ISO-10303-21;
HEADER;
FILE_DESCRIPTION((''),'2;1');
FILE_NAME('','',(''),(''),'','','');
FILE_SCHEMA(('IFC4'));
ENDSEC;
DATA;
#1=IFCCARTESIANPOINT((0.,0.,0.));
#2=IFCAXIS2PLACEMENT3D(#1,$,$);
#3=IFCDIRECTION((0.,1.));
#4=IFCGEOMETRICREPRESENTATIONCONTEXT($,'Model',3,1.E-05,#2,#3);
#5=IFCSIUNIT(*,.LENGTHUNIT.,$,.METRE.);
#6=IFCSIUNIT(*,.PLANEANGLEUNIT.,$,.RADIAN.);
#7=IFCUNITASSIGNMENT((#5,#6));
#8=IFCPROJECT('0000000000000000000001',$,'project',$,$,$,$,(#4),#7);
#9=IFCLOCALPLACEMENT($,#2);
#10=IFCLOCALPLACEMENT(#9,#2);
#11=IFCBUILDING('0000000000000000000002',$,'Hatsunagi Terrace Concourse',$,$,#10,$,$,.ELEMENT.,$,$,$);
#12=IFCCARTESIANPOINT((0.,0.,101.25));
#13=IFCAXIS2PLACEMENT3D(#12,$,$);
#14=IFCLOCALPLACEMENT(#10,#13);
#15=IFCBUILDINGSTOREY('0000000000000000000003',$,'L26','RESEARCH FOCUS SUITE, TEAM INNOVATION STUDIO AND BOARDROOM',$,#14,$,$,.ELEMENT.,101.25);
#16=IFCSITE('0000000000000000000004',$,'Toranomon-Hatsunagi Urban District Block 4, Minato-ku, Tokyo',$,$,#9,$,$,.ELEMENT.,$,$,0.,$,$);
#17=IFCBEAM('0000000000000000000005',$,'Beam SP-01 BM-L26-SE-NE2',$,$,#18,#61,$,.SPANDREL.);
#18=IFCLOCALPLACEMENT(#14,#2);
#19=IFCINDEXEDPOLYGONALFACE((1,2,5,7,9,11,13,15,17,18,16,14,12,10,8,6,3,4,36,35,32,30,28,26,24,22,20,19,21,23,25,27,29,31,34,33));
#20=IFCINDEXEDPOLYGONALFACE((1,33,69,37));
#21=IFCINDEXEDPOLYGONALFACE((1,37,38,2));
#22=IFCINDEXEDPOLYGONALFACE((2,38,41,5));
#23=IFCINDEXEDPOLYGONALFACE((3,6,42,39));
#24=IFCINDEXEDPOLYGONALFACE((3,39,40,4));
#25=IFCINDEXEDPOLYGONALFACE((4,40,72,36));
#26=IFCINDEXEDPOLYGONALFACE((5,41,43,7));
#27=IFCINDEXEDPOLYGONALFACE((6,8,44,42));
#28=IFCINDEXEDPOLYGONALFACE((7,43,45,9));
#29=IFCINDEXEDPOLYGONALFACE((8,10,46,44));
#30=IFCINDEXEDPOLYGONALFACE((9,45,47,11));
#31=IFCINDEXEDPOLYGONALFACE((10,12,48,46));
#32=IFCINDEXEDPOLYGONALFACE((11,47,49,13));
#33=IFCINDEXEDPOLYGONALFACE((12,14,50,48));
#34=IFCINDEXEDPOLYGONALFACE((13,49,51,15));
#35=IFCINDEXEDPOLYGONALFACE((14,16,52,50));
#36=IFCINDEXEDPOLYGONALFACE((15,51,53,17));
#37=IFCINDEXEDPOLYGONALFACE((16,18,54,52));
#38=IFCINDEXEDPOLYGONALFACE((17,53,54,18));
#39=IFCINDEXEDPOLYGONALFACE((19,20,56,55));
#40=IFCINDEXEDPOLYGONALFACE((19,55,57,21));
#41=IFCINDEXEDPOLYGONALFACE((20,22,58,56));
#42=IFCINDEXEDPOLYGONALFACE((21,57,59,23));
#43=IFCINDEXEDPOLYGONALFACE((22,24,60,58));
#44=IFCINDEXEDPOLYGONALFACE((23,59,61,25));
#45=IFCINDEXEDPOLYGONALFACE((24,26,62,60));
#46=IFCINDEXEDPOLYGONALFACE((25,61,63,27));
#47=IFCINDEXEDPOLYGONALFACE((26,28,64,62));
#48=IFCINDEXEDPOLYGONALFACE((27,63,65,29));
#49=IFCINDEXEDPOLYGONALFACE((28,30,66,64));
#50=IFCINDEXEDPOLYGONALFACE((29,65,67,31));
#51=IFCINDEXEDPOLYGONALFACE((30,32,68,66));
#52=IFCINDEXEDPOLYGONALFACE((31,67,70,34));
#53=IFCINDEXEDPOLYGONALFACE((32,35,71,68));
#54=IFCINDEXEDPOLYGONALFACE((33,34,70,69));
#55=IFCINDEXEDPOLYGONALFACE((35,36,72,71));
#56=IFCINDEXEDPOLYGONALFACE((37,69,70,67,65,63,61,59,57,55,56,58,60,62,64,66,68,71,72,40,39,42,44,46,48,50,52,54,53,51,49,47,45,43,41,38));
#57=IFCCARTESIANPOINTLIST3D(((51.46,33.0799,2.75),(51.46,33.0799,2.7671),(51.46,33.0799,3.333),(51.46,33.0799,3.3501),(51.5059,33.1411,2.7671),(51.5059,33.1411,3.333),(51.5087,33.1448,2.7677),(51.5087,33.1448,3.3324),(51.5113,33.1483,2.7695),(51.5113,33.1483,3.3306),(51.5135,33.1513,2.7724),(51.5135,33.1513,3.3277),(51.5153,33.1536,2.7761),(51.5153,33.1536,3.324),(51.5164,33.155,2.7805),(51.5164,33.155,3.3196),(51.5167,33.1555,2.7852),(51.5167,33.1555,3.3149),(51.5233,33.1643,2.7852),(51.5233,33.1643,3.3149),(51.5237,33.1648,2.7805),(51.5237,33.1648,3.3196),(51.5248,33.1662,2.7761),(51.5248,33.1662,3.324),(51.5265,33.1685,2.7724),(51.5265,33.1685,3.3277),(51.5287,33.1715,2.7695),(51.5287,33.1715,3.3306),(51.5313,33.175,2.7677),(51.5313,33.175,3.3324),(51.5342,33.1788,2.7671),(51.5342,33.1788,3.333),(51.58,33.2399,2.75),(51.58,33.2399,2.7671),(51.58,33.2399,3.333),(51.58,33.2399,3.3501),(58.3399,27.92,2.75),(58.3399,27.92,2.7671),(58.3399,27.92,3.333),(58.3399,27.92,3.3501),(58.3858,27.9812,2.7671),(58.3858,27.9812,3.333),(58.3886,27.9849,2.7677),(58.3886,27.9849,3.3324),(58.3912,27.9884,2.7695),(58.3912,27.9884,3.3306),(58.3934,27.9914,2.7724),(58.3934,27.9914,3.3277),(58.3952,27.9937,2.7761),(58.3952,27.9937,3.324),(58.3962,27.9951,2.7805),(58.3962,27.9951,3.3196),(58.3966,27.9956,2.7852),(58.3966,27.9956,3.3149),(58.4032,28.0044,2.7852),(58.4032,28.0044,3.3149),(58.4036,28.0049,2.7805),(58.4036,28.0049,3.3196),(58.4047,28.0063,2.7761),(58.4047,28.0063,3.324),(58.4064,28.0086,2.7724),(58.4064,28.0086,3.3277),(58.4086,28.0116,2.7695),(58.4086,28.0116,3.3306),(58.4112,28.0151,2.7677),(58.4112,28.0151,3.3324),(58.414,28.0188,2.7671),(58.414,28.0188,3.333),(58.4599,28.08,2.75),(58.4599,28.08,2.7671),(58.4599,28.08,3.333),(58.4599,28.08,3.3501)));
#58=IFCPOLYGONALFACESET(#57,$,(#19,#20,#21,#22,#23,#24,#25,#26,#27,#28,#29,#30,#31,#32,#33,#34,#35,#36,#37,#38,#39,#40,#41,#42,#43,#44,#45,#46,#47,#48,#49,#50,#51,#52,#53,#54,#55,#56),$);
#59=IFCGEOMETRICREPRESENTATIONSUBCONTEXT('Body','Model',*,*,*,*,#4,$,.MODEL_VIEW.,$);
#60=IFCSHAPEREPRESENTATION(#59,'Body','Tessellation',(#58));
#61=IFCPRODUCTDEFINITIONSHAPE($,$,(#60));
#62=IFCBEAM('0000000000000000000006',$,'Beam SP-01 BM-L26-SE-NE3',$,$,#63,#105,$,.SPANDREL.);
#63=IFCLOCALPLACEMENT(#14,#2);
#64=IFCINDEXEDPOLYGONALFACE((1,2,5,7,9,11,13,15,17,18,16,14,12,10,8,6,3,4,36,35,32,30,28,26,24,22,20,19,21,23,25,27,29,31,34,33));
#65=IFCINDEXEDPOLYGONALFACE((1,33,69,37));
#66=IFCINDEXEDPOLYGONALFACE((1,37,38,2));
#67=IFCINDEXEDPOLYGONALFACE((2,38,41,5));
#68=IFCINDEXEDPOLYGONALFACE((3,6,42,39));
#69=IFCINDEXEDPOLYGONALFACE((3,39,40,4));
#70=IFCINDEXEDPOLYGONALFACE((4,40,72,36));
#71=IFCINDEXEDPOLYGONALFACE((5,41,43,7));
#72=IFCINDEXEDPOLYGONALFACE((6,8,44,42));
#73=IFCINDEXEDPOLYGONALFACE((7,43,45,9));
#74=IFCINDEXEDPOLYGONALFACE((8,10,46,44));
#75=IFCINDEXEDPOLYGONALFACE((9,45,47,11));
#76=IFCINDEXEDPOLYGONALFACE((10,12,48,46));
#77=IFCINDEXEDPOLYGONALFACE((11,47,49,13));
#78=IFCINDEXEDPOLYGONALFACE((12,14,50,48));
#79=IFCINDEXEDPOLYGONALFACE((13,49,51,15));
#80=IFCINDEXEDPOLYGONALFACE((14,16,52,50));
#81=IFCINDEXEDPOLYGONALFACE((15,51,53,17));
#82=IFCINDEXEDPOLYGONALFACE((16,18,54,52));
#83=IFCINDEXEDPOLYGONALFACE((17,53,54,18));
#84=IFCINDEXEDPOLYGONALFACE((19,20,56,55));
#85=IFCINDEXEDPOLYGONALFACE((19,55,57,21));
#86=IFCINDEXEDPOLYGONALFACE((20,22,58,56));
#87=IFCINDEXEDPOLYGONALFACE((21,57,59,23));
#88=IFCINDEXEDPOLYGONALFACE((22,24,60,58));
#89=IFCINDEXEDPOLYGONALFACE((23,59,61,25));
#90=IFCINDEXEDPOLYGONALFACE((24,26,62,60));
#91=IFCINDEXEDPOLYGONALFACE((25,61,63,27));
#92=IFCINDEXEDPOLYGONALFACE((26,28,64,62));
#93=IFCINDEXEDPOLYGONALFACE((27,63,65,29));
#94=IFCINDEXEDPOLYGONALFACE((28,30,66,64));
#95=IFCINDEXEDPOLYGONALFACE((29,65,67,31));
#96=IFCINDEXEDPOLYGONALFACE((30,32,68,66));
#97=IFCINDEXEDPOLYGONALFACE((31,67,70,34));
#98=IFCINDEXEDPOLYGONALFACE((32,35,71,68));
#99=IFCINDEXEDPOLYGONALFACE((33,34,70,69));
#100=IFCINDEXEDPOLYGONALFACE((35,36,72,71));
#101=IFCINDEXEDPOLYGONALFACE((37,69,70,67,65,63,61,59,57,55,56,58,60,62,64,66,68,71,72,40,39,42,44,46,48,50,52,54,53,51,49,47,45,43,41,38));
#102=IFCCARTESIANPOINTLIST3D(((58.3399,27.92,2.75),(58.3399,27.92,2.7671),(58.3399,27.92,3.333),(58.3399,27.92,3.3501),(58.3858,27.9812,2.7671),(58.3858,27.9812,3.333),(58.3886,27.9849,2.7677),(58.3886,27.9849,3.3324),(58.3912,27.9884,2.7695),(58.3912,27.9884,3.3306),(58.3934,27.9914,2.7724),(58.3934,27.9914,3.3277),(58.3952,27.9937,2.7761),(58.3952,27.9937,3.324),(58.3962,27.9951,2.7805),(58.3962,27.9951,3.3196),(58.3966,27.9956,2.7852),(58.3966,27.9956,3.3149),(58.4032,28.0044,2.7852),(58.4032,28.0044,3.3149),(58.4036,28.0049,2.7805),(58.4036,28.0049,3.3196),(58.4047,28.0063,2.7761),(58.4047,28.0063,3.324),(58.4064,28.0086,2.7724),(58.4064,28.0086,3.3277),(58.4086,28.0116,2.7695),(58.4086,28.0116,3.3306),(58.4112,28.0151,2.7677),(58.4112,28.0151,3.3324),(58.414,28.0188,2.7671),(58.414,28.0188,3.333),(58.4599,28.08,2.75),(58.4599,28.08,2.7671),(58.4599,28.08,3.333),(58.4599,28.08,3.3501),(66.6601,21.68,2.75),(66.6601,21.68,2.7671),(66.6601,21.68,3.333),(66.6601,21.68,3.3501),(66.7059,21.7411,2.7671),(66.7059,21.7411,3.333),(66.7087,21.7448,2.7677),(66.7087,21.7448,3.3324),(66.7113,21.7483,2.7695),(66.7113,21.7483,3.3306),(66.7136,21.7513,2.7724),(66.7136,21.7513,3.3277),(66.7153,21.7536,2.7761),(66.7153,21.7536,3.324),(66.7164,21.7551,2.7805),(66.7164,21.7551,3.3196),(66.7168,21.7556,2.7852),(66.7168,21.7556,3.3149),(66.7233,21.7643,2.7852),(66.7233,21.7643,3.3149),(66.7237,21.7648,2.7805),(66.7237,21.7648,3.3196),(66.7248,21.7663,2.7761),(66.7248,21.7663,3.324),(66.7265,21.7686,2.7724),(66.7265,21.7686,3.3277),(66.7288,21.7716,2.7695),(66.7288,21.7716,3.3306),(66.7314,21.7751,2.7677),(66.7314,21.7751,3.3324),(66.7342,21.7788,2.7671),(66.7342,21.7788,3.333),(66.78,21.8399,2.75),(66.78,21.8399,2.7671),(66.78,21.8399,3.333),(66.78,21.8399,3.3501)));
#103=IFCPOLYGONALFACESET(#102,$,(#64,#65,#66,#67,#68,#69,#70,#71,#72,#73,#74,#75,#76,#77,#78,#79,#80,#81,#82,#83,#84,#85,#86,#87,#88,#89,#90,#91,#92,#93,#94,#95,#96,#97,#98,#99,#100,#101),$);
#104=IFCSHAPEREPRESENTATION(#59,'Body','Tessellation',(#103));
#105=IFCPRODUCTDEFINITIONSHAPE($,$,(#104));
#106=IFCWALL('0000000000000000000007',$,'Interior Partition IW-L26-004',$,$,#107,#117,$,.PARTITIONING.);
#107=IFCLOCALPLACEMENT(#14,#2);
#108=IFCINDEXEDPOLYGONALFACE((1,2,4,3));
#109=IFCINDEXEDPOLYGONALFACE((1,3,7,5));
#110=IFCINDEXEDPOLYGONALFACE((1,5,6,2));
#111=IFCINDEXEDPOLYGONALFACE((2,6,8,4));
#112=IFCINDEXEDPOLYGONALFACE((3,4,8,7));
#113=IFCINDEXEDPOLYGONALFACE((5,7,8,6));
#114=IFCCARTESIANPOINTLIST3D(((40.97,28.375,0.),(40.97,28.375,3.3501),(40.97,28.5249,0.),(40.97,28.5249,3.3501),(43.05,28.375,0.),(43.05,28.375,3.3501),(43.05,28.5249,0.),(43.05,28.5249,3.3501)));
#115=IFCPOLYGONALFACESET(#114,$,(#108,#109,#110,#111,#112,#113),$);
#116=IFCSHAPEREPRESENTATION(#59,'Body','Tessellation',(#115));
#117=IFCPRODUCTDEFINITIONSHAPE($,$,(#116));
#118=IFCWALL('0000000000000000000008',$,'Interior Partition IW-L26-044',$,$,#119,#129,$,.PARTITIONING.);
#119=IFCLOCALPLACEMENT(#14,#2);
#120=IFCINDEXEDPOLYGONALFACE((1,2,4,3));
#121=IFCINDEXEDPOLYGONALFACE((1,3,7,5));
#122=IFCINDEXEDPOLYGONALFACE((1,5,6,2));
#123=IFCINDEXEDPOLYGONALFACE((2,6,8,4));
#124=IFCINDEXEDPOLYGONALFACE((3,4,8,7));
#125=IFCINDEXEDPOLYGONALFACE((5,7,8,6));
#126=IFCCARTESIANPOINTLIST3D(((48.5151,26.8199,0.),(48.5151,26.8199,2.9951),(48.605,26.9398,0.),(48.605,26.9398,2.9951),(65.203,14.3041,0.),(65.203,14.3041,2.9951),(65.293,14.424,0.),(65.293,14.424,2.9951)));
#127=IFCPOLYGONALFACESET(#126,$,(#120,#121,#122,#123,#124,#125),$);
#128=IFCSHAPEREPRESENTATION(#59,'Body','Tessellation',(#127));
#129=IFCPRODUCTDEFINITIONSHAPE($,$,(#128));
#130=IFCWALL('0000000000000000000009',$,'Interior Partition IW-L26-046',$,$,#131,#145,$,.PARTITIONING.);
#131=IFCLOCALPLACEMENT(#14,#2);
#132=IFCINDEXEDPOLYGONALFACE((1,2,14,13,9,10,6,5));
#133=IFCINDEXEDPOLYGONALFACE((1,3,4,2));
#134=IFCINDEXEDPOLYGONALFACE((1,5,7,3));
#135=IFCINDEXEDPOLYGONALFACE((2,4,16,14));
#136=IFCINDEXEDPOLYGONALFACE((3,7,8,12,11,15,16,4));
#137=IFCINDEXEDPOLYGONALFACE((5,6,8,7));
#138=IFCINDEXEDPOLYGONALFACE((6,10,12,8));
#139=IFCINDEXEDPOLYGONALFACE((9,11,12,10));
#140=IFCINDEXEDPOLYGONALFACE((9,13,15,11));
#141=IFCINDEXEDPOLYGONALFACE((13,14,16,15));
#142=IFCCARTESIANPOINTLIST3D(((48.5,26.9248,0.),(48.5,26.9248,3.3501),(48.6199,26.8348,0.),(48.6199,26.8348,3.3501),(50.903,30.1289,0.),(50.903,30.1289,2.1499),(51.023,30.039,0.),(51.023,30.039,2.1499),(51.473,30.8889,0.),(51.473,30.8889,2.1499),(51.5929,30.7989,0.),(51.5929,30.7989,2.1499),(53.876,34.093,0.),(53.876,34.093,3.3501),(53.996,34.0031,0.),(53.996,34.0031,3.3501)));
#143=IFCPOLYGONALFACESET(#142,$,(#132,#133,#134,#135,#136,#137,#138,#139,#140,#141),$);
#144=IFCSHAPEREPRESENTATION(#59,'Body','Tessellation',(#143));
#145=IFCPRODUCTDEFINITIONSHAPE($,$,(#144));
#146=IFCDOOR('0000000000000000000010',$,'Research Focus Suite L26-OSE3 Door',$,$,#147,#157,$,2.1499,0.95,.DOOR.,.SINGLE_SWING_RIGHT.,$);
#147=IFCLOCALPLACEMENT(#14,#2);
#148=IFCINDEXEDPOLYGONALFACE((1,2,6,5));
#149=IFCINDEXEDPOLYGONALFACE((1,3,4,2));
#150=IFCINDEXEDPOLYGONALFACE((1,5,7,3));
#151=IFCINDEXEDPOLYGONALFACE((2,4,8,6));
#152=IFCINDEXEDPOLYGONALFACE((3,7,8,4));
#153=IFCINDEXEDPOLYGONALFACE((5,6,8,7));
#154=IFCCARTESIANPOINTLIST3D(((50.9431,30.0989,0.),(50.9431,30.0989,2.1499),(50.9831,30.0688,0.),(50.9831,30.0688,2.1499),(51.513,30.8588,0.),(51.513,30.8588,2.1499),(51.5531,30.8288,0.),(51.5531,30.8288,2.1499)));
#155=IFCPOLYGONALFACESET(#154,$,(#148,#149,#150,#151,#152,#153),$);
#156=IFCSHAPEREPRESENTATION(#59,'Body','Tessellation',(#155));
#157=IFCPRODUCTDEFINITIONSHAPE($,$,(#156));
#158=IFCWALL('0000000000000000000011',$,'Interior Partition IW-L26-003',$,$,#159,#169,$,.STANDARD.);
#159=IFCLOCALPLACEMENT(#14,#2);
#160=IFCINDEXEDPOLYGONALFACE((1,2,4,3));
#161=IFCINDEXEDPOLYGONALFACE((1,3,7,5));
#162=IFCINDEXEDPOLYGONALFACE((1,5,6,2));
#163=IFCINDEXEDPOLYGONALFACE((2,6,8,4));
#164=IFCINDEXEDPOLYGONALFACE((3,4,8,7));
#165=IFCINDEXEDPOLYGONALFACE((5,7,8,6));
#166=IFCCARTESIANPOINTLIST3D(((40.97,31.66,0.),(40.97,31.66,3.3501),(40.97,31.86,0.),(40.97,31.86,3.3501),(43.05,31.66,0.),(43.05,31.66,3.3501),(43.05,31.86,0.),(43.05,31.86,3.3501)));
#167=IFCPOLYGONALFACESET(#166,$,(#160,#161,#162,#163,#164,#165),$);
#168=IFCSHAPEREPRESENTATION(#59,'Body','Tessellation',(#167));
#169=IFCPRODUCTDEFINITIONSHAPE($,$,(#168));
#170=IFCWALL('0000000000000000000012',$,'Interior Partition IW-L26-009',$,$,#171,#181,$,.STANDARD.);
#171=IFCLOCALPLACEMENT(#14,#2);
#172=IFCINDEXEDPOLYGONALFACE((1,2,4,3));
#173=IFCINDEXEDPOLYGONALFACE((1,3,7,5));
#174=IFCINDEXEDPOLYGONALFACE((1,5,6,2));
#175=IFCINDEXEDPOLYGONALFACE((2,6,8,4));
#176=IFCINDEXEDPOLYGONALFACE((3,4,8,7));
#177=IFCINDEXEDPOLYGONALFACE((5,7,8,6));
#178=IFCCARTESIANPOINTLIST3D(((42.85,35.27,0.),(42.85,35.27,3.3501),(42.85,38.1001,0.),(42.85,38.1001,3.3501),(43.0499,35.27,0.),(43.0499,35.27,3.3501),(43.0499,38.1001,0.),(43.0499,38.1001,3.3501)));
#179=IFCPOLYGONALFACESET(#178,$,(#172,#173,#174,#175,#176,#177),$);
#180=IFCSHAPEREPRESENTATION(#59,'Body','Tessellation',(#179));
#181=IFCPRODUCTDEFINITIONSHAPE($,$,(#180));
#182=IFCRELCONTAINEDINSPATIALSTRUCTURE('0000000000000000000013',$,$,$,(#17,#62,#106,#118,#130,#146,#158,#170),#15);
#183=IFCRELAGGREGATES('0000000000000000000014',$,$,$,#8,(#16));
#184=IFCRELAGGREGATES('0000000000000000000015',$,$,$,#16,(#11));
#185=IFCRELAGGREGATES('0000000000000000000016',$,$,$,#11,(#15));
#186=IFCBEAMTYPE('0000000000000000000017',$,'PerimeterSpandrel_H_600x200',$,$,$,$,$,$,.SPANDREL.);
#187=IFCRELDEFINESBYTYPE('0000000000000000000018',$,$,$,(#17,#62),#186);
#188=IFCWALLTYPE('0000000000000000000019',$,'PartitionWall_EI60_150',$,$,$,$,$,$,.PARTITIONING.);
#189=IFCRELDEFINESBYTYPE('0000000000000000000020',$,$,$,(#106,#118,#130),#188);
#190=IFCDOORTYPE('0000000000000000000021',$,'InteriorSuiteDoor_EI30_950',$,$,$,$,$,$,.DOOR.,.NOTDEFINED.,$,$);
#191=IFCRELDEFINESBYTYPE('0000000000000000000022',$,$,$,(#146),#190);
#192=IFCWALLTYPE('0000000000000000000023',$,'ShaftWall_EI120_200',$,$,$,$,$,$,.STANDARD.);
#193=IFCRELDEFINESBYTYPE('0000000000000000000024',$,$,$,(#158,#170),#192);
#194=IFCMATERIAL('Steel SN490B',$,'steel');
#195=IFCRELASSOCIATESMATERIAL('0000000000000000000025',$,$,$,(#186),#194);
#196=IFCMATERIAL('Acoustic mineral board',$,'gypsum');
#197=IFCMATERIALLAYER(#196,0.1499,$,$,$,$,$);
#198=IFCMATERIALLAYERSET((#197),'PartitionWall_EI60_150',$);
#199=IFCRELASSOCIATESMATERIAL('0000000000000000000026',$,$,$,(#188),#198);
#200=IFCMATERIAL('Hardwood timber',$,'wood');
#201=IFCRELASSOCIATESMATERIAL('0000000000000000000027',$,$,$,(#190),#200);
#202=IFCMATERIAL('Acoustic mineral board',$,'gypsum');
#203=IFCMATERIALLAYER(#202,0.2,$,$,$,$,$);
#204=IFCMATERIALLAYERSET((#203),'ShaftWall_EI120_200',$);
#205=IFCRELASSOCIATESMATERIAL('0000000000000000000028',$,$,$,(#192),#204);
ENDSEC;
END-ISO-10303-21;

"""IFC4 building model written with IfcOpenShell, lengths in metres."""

from ifc_helpers import new_model, si_unit, direction, frame, frame_2d, origin, origin_2d, place, context, subcontext, project, spatial, rectangle, i_section, extrude, material, layer, layer_set, material_profile, profile_set, type_object, element, fill, save


model = new_model("IFC4")

# Units and contexts
model_context = context("Model", 3, precision=1e-05, world=origin(), true_north=direction((0.0, 1.0)))
body_context = subcontext(model_context, "Body", "Model", "MODEL_VIEW")
ifc_project = project(units=[si_unit("LENGTHUNIT", "METRE"), si_unit("PLANEANGLEUNIT", "RADIAN")], contexts=[model_context])

# Site, building, storey
site_placement = place(None, origin())
site = spatial("IfcSite", under=ifc_project, at=site_placement, Name="Toranomon-Hatsunagi Urban District Block 4, Minato-ku, Tokyo", CompositionType="ELEMENT", RefElevation=0.0)
building_placement = place(site_placement, origin())
building = spatial("IfcBuilding", under=site, at=building_placement, Name="Hatsunagi Terrace Concourse", CompositionType="ELEMENT")
storey_placement = place(building_placement, frame((0.0, 0.0, 101.25)))
storey = spatial("IfcBuildingStorey", under=building, at=storey_placement, Name="L26", Description="RESEARCH FOCUS SUITE, TEAM INNOVATION STUDIO AND BOARDROOM", CompositionType="ELEMENT", Elevation=101.25)

# Beams
ifc_material_1 = material(Name="Steel SN490B", Category="steel")
ifc_material_profile_1 = material_profile(ifc_material_1, i_section(OverallWidth=0.2, OverallDepth=0.6001, WebThickness=0.011, FlangeThickness=0.0171, FilletRadius=0.0181, at=origin_2d()), Name="H-600x200x11x17")
ifc_profile_set_1 = profile_set([ifc_material_profile_1], Name="Steel SN490B")
beam_type_1 = type_object("IfcBeamType", Name="PerimeterSpandrel_H_600x200", PredefinedType="SPANDREL", material=ifc_profile_set_1)
beam_1_placement = place(storey_placement, frame((51.52, 33.1599, 3.05), z_axis=(0.8, -0.6, 0.0), x_axis=(0.6, 0.8, 0.0)))
element("IfcBeam", 1, at=beam_1_placement, inside=storey, type_object=beam_type_1, Name="Beam SP-01 BM-L26-SE-NE2", PredefinedType="SPANDREL", context=body_context, shape_type="SweptSolid", body=[
    extrude(i_section(OverallWidth=0.2, OverallDepth=0.6001, WebThickness=0.011, FlangeThickness=0.0171, FilletRadius=0.0181, at=origin_2d()), origin(), (0.0, 0.0, 1.0), 8.5999),
])
beam_2_placement = place(storey_placement, frame((58.3999, 28.0, 3.05), z_axis=(0.800003, -0.599996, 0.0), x_axis=(0.599996, 0.800003, 0.0)))
element("IfcBeam", 2, at=beam_2_placement, inside=storey, type_object=beam_type_1, Name="Beam SP-01 BM-L26-SE-NE3", PredefinedType="SPANDREL", context=body_context, shape_type="SweptSolid", body=[
    extrude(i_section(OverallWidth=0.2, OverallDepth=0.6001, WebThickness=0.011, FlangeThickness=0.0171, FilletRadius=0.0181, at=origin_2d()), origin(), (0.0, 0.0, 1.0), 10.4001),
])

# Walls
ifc_material_2 = material(Name="Acoustic mineral board", Category="gypsum")
ifc_layer_1 = layer(ifc_material_2, 0.1499)
ifc_layer_set_1 = layer_set([ifc_layer_1], Name="PartitionWall_EI60_150")
wall_type_1 = type_object("IfcWallType", Name="PartitionWall_EI60_150", PredefinedType="PARTITIONING", material=ifc_layer_set_1)
wall_1_placement = place(storey_placement, frame((40.97, 28.45, 0.0), z_axis=(0.0, 0.0, 1.0), x_axis=(1.0, 0.0, 0.0)))
element("IfcWall", 3, at=wall_1_placement, inside=storey, type_object=wall_type_1, Name="Interior Partition IW-L26-004", PredefinedType="PARTITIONING", context=body_context, shape_type="SweptSolid", body=[
    extrude(rectangle(XDim=2.0801, YDim=0.1499, at=frame_2d((1.04, 0.0))), origin(), (0.0, 0.0, 1.0), 3.3501),
])
wall_2_placement = place(storey_placement, frame((48.5601, 26.8799, 0.0), z_axis=(0.0, 0.0, 1.0), x_axis=(0.800003, -0.599996, 0.0)))
element("IfcWall", 4, at=wall_2_placement, inside=storey, type_object=wall_type_1, Name="Interior Partition IW-L26-044", PredefinedType="PARTITIONING", context=body_context, shape_type="SweptSolid", body=[
    extrude(rectangle(XDim=20.8599, YDim=0.1499, at=frame_2d((10.4299, 0.0))), origin(), (0.0, 0.0, 1.0), 2.9951),
])

# Wall, opening, door
wall_3_placement = place(storey_placement, frame((48.5601, 26.8799, 0.0), z_axis=(0.0, 0.0, 1.0), x_axis=(0.599987, 0.80001, 0.0)))
wall_3 = element("IfcWall", 5, at=wall_3_placement, inside=storey, type_object=wall_type_1, Name="Interior Partition IW-L26-046", PredefinedType="PARTITIONING", context=body_context, shape_type="SweptSolid", body=[
    extrude(rectangle(XDim=8.9602, YDim=0.1499, at=frame_2d((4.48, 0.0))), origin(), (0.0, 0.0, 1.0), 3.3501),
])
opening_1_placement = place(wall_3_placement, frame((4.0049, 0.0, 0.0)))
opening_1 = element("IfcOpeningElement", 6, at=opening_1_placement, cuts=wall_3, PredefinedType="OPENING", context=body_context, shape_type="SweptSolid", body=[
    extrude(rectangle(XDim=0.95, YDim=2.1499, at=frame_2d((0.4751, 1.075))), frame((0.0, 0.085, 0.0), z_axis=(0.0, -1.0, 0.0), x_axis=(1.0, 0.0, 0.0)), (0.0, 0.0, 1.0), 0.1699),
])
ifc_material_3 = material(Name="Hardwood timber", Category="wood")
door_type_1 = type_object("IfcDoorType", Name="InteriorSuiteDoor_EI30_950", OperationType="NOTDEFINED", PredefinedType="DOOR", material=ifc_material_3)
door_1_placement = place(opening_1_placement, origin())
door_1 = element("IfcDoor", 7, at=door_1_placement, inside=storey, type_object=door_type_1, Name="Research Focus Suite L26-OSE3 Door", OperationType="SINGLE_SWING_RIGHT", OverallHeight=2.1499, OverallWidth=0.95, PredefinedType="DOOR", context=body_context, shape_type="SweptSolid", body=[
    extrude(rectangle(XDim=0.95, YDim=2.1499, at=frame_2d((0.4751, 1.075))), frame((0.0, 0.0249, 0.0), z_axis=(0.0, -1.0, 0.0), x_axis=(1.0, 0.0, 0.0)), (0.0, 0.0, 1.0), 0.05),
])
fill(opening_1, door_1)

# Walls
ifc_material_4 = material(Name="Acoustic mineral board", Category="gypsum")
ifc_layer_2 = layer(ifc_material_4, 0.2)
ifc_layer_set_2 = layer_set([ifc_layer_2], Name="ShaftWall_EI120_200")
wall_type_2 = type_object("IfcWallType", Name="ShaftWall_EI120_200", PredefinedType="STANDARD", material=ifc_layer_set_2)
wall_4_placement = place(storey_placement, frame((40.97, 31.76, 0.0), z_axis=(0.0, 0.0, 1.0), x_axis=(1.0, 0.0, 0.0)))
element("IfcWall", 8, at=wall_4_placement, inside=storey, type_object=wall_type_2, Name="Interior Partition IW-L26-003", PredefinedType="STANDARD", context=body_context, shape_type="SweptSolid", body=[
    extrude(rectangle(XDim=2.0801, YDim=0.2, at=frame_2d((1.04, 0.0))), origin(), (0.0, 0.0, 1.0), 3.3501),
])
wall_5_placement = place(storey_placement, frame((42.95, 35.27, 0.0), z_axis=(0.0, 0.0, 1.0), x_axis=(0.0, 1.0, 0.0)))
element("IfcWall", 9, at=wall_5_placement, inside=storey, type_object=wall_type_2, Name="Interior Partition IW-L26-009", PredefinedType="STANDARD", context=body_context, shape_type="SweptSolid", body=[
    extrude(rectangle(XDim=2.8301, YDim=0.2, at=frame_2d((1.415, 0.0))), origin(), (0.0, 0.0, 1.0), 3.3501),
])

save(model, "model.ifc")
